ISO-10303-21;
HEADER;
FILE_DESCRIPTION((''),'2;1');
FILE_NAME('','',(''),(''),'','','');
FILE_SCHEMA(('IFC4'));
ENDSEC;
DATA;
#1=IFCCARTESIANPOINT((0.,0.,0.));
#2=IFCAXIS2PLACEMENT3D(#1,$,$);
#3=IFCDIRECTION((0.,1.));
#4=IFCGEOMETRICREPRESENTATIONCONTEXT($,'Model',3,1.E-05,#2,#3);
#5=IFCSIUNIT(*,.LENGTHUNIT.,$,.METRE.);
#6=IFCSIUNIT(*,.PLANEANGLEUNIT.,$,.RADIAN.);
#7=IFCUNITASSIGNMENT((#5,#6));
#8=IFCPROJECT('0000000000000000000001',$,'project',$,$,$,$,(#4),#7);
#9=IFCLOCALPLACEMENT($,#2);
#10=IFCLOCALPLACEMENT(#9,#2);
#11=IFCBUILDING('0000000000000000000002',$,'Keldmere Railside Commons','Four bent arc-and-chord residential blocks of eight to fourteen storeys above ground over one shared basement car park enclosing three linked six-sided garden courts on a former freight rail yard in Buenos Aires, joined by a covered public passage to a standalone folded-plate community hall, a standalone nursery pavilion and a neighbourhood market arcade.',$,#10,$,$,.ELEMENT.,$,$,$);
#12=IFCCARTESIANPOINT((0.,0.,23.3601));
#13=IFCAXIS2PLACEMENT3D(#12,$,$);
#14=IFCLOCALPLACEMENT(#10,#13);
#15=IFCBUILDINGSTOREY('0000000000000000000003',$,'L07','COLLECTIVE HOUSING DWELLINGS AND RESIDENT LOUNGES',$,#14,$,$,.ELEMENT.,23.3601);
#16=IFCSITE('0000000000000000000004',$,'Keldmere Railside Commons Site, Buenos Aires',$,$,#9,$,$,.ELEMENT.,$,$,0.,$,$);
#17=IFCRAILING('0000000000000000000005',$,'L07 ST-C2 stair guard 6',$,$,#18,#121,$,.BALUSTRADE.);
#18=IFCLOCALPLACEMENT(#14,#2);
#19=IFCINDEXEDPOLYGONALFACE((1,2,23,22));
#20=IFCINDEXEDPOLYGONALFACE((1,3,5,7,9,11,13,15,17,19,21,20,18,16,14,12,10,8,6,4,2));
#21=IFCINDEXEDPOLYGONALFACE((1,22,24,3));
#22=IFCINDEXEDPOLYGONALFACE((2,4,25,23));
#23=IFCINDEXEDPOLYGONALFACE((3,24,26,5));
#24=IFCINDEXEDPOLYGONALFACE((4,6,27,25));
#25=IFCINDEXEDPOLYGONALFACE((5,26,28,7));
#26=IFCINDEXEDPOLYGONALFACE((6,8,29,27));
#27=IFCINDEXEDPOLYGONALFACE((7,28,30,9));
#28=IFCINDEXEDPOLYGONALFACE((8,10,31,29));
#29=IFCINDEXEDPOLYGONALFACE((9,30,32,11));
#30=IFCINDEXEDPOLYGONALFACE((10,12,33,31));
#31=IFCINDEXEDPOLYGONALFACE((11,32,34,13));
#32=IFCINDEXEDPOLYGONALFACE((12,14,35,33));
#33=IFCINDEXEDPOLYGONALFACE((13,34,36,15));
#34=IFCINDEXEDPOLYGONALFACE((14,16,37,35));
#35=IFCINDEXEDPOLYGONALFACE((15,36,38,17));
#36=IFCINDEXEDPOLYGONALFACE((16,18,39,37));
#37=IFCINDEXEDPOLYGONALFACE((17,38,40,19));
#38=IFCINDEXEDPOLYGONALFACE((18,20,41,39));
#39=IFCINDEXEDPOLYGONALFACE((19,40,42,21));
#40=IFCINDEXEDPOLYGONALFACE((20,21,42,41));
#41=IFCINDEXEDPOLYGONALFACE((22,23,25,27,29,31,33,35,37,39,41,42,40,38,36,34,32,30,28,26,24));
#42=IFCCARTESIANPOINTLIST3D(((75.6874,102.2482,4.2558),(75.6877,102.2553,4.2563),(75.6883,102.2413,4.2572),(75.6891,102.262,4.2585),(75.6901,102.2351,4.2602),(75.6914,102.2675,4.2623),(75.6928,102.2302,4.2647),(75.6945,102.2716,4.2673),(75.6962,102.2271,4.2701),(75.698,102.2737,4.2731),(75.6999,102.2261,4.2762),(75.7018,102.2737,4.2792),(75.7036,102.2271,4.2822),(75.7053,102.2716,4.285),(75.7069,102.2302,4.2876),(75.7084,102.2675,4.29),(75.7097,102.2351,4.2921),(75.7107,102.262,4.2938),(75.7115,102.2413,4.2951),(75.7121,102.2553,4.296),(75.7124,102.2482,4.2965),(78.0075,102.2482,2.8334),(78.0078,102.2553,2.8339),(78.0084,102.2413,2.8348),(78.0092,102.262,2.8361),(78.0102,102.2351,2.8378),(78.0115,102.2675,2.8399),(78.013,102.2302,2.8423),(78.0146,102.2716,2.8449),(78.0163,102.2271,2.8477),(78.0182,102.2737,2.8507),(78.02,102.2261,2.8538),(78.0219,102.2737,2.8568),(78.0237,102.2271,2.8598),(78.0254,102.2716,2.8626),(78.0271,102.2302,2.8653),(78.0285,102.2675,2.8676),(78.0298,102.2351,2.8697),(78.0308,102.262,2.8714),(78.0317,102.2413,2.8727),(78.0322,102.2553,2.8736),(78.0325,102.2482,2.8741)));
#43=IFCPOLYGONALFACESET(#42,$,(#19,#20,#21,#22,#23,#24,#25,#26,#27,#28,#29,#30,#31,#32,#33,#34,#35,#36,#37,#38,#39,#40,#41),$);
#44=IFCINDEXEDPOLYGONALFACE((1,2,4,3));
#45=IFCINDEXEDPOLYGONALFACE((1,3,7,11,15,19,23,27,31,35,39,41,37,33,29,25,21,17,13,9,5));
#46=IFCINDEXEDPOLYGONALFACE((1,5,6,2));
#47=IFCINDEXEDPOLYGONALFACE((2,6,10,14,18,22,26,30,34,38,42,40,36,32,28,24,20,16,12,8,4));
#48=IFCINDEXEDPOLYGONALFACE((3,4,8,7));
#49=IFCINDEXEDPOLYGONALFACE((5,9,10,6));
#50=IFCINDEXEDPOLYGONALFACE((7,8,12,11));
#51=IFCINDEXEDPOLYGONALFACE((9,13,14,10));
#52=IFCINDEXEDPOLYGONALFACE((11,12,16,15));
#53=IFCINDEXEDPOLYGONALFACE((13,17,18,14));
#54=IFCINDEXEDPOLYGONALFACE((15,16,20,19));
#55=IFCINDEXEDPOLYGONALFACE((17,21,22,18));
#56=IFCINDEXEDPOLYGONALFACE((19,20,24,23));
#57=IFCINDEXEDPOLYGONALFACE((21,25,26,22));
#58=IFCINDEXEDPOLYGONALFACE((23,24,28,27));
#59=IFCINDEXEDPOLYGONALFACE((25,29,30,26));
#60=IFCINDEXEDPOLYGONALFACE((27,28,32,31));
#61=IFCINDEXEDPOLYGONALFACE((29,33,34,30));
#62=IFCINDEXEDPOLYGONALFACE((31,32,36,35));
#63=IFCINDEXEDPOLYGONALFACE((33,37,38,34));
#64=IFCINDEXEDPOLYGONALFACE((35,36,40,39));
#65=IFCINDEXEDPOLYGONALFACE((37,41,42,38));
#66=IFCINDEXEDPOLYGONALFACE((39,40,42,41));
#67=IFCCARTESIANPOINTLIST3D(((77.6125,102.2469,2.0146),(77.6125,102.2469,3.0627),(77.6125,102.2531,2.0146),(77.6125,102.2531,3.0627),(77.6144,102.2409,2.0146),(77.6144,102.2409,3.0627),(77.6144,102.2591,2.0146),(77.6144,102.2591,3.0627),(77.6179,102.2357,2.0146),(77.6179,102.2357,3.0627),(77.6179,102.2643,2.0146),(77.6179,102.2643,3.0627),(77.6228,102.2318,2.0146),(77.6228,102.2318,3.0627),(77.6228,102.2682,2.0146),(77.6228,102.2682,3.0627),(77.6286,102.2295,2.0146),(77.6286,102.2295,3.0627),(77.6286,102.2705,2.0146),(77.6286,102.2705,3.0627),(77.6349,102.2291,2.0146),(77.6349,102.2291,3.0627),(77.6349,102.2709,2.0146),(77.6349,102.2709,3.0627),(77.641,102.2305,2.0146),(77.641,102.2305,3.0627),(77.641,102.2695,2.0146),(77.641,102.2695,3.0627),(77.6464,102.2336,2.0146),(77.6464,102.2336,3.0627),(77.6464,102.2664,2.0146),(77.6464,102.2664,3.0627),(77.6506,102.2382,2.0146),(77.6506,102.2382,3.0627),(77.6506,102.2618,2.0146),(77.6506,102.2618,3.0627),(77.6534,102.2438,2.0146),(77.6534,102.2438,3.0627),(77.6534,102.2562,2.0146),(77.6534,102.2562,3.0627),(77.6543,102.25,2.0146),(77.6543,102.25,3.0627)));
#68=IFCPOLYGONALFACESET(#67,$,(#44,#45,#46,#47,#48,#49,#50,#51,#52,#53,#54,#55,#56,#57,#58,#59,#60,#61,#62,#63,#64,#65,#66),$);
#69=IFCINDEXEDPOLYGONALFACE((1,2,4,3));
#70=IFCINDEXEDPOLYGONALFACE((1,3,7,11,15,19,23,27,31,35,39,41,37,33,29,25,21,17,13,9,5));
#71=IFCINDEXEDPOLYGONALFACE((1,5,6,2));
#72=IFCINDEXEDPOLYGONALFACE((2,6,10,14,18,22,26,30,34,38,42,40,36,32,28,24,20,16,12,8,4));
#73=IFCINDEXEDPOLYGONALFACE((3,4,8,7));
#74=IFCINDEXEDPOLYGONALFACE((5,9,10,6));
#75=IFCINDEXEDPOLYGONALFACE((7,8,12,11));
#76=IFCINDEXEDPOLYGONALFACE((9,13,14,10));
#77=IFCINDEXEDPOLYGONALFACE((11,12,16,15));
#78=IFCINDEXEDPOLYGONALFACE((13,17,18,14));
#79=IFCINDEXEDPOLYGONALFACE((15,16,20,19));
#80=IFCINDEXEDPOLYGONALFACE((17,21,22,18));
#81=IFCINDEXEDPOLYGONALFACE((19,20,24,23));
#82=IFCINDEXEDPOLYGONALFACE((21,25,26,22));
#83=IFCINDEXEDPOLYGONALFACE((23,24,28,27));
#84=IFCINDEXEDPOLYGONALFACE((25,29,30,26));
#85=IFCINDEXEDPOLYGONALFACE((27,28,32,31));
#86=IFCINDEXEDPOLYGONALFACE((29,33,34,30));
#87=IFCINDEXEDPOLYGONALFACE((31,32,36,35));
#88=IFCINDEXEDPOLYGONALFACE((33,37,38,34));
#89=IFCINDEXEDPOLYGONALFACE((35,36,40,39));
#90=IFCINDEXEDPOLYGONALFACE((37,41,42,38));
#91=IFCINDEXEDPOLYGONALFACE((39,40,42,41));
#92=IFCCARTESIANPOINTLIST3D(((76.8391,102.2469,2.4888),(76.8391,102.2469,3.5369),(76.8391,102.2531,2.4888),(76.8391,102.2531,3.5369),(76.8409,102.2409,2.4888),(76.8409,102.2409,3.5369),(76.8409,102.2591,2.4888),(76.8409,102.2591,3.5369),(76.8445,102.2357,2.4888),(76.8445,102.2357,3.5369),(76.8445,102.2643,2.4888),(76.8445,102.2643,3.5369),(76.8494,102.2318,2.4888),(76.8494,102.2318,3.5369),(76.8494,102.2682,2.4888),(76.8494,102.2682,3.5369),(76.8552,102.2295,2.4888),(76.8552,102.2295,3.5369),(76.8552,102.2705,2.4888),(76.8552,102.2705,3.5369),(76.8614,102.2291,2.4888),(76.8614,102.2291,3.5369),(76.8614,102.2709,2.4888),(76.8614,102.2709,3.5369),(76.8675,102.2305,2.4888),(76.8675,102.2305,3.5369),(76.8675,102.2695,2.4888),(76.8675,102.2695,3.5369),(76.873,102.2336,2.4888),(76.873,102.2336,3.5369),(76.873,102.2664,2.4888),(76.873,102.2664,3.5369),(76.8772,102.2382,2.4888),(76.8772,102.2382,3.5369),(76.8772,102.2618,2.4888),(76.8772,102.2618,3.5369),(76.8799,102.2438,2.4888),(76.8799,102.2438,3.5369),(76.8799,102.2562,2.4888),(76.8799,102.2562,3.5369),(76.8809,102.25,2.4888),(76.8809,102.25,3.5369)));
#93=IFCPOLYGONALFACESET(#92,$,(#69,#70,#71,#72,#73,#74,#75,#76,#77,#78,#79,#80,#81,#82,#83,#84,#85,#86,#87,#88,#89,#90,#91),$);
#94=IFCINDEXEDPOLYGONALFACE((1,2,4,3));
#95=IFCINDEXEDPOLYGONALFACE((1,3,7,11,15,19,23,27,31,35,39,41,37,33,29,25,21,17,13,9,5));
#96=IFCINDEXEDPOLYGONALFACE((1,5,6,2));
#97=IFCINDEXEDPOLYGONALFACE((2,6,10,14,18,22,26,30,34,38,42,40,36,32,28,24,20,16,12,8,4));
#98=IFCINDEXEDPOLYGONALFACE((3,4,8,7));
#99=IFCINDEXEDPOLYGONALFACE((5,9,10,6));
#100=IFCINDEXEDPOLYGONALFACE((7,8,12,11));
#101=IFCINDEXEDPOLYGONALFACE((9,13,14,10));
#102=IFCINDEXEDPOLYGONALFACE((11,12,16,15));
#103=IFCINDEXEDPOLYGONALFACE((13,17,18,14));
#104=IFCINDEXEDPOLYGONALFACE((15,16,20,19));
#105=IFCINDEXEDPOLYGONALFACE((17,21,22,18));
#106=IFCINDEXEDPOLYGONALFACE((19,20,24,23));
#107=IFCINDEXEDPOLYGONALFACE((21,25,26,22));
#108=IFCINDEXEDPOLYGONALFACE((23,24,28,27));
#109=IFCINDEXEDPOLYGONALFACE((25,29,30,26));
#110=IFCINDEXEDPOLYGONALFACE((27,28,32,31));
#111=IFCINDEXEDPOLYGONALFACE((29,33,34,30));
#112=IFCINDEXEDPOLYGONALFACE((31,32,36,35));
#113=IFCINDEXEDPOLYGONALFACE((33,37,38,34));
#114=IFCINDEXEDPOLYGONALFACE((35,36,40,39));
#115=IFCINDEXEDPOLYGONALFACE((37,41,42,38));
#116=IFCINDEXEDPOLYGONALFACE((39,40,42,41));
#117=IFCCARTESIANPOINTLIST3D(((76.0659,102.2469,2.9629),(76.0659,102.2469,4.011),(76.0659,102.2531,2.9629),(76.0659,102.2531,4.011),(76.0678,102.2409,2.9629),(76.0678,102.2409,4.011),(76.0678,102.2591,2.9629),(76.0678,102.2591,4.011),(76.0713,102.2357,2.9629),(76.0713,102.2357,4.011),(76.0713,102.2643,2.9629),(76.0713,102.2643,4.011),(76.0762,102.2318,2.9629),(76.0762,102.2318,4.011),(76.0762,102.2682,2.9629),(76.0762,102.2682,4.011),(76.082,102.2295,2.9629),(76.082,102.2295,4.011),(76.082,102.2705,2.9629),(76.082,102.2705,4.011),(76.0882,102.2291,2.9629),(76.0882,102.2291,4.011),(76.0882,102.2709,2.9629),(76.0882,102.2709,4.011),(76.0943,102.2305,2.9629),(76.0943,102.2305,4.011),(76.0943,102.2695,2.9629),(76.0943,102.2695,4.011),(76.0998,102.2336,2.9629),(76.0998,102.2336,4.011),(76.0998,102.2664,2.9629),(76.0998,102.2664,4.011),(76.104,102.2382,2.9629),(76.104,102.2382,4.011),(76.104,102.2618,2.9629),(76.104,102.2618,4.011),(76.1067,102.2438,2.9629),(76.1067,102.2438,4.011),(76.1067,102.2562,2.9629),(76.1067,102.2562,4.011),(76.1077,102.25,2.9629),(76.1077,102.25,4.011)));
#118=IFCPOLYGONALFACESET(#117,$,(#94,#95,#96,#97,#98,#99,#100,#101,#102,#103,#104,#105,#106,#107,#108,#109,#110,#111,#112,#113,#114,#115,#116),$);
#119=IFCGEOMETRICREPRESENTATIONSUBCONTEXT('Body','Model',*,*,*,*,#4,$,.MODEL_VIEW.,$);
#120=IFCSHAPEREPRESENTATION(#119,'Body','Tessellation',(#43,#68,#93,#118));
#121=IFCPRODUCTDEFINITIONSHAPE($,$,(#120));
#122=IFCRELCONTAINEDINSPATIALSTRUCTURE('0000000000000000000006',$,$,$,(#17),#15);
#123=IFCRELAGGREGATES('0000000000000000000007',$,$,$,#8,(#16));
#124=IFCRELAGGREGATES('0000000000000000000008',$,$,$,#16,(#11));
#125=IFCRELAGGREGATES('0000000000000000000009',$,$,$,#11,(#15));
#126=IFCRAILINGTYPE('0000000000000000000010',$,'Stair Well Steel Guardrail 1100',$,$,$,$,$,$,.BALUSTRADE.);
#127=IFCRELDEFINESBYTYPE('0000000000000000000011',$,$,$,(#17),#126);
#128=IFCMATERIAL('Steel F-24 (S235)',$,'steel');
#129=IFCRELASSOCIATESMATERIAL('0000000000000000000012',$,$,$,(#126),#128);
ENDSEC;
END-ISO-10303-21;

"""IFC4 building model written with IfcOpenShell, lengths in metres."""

from ifc_helpers import new_model, si_unit, direction, frame, origin, origin_2d, place, context, subcontext, project, spatial, circle, extrude, material, type_object, element, save


model = new_model("IFC4")

# Units and contexts
model_context = context("Model", 3, precision=1e-05, world=origin(), true_north=direction((0.0, 1.0)))
body_context = subcontext(model_context, "Body", "Model", "MODEL_VIEW")
ifc_project = project(units=[si_unit("LENGTHUNIT", "METRE"), si_unit("PLANEANGLEUNIT", "RADIAN")], contexts=[model_context])

# Site, building, storey
site_placement = place(None, origin())
site = spatial("IfcSite", under=ifc_project, at=site_placement, Name="Keldmere Railside Commons Site, Buenos Aires", CompositionType="ELEMENT", RefElevation=0.0)
building_placement = place(site_placement, origin())
building = spatial("IfcBuilding", under=site, at=building_placement, Name="Keldmere Railside Commons", Description="Four bent arc-and-chord residential blocks of eight to fourteen storeys above ground over one shared basement car park enclosing three linked six-sided garden courts on a former freight rail yard in Buenos Aires, joined by a covered public passage to a standalone folded-plate community hall, a standalone nursery pavilion and a neighbourhood market arcade.", CompositionType="ELEMENT")
storey_placement = place(building_placement, frame((0.0, 0.0, 23.3601)))
storey = spatial("IfcBuildingStorey", under=building, at=storey_placement, Name="L07", Description="COLLECTIVE HOUSING DWELLINGS AND RESIDENT LOUNGES", CompositionType="ELEMENT", Elevation=23.3601)

# Shared definitions
ifc_material_1 = material(Name="Steel F-24 (S235)", Category="steel")

# Railing
railing_type_1 = type_object("IfcRailingType", Name="Stair Well Steel Guardrail 1100", PredefinedType="BALUSTRADE", material=ifc_material_1)
railing_1_placement = place(storey_placement, frame((78.02, 102.25, 1.7776)))
element("IfcRailing", 1, at=railing_1_placement, inside=storey, type_object=railing_type_1, Name="L07 ST-C2 stair guard 6", PredefinedType="BALUSTRADE", context=body_context, shape_type="SweptSolid", body=[
    extrude(circle(Radius=0.0239, at=origin_2d()), frame((0.0, 0.0, 1.0762), z_axis=(-0.852538, 0.0, 0.522665), x_axis=(0.0, -1.0, 0.0)), (0.0, 0.0, 1.0), 2.7214),
    extrude(circle(Radius=0.021, at=origin_2d()), frame((-0.3867, 0.0, 0.2371)), (0.0, 0.0, 1.0), 1.0481),
    extrude(circle(Radius=0.021, at=origin_2d()), frame((-1.1602, 0.0, 0.7112)), (0.0, 0.0, 1.0), 1.0481),
    extrude(circle(Radius=0.021, at=origin_2d()), frame((-1.9333, 0.0, 1.1853)), (0.0, 0.0, 1.0), 1.0481),
])

save(model, "model.ifc")
